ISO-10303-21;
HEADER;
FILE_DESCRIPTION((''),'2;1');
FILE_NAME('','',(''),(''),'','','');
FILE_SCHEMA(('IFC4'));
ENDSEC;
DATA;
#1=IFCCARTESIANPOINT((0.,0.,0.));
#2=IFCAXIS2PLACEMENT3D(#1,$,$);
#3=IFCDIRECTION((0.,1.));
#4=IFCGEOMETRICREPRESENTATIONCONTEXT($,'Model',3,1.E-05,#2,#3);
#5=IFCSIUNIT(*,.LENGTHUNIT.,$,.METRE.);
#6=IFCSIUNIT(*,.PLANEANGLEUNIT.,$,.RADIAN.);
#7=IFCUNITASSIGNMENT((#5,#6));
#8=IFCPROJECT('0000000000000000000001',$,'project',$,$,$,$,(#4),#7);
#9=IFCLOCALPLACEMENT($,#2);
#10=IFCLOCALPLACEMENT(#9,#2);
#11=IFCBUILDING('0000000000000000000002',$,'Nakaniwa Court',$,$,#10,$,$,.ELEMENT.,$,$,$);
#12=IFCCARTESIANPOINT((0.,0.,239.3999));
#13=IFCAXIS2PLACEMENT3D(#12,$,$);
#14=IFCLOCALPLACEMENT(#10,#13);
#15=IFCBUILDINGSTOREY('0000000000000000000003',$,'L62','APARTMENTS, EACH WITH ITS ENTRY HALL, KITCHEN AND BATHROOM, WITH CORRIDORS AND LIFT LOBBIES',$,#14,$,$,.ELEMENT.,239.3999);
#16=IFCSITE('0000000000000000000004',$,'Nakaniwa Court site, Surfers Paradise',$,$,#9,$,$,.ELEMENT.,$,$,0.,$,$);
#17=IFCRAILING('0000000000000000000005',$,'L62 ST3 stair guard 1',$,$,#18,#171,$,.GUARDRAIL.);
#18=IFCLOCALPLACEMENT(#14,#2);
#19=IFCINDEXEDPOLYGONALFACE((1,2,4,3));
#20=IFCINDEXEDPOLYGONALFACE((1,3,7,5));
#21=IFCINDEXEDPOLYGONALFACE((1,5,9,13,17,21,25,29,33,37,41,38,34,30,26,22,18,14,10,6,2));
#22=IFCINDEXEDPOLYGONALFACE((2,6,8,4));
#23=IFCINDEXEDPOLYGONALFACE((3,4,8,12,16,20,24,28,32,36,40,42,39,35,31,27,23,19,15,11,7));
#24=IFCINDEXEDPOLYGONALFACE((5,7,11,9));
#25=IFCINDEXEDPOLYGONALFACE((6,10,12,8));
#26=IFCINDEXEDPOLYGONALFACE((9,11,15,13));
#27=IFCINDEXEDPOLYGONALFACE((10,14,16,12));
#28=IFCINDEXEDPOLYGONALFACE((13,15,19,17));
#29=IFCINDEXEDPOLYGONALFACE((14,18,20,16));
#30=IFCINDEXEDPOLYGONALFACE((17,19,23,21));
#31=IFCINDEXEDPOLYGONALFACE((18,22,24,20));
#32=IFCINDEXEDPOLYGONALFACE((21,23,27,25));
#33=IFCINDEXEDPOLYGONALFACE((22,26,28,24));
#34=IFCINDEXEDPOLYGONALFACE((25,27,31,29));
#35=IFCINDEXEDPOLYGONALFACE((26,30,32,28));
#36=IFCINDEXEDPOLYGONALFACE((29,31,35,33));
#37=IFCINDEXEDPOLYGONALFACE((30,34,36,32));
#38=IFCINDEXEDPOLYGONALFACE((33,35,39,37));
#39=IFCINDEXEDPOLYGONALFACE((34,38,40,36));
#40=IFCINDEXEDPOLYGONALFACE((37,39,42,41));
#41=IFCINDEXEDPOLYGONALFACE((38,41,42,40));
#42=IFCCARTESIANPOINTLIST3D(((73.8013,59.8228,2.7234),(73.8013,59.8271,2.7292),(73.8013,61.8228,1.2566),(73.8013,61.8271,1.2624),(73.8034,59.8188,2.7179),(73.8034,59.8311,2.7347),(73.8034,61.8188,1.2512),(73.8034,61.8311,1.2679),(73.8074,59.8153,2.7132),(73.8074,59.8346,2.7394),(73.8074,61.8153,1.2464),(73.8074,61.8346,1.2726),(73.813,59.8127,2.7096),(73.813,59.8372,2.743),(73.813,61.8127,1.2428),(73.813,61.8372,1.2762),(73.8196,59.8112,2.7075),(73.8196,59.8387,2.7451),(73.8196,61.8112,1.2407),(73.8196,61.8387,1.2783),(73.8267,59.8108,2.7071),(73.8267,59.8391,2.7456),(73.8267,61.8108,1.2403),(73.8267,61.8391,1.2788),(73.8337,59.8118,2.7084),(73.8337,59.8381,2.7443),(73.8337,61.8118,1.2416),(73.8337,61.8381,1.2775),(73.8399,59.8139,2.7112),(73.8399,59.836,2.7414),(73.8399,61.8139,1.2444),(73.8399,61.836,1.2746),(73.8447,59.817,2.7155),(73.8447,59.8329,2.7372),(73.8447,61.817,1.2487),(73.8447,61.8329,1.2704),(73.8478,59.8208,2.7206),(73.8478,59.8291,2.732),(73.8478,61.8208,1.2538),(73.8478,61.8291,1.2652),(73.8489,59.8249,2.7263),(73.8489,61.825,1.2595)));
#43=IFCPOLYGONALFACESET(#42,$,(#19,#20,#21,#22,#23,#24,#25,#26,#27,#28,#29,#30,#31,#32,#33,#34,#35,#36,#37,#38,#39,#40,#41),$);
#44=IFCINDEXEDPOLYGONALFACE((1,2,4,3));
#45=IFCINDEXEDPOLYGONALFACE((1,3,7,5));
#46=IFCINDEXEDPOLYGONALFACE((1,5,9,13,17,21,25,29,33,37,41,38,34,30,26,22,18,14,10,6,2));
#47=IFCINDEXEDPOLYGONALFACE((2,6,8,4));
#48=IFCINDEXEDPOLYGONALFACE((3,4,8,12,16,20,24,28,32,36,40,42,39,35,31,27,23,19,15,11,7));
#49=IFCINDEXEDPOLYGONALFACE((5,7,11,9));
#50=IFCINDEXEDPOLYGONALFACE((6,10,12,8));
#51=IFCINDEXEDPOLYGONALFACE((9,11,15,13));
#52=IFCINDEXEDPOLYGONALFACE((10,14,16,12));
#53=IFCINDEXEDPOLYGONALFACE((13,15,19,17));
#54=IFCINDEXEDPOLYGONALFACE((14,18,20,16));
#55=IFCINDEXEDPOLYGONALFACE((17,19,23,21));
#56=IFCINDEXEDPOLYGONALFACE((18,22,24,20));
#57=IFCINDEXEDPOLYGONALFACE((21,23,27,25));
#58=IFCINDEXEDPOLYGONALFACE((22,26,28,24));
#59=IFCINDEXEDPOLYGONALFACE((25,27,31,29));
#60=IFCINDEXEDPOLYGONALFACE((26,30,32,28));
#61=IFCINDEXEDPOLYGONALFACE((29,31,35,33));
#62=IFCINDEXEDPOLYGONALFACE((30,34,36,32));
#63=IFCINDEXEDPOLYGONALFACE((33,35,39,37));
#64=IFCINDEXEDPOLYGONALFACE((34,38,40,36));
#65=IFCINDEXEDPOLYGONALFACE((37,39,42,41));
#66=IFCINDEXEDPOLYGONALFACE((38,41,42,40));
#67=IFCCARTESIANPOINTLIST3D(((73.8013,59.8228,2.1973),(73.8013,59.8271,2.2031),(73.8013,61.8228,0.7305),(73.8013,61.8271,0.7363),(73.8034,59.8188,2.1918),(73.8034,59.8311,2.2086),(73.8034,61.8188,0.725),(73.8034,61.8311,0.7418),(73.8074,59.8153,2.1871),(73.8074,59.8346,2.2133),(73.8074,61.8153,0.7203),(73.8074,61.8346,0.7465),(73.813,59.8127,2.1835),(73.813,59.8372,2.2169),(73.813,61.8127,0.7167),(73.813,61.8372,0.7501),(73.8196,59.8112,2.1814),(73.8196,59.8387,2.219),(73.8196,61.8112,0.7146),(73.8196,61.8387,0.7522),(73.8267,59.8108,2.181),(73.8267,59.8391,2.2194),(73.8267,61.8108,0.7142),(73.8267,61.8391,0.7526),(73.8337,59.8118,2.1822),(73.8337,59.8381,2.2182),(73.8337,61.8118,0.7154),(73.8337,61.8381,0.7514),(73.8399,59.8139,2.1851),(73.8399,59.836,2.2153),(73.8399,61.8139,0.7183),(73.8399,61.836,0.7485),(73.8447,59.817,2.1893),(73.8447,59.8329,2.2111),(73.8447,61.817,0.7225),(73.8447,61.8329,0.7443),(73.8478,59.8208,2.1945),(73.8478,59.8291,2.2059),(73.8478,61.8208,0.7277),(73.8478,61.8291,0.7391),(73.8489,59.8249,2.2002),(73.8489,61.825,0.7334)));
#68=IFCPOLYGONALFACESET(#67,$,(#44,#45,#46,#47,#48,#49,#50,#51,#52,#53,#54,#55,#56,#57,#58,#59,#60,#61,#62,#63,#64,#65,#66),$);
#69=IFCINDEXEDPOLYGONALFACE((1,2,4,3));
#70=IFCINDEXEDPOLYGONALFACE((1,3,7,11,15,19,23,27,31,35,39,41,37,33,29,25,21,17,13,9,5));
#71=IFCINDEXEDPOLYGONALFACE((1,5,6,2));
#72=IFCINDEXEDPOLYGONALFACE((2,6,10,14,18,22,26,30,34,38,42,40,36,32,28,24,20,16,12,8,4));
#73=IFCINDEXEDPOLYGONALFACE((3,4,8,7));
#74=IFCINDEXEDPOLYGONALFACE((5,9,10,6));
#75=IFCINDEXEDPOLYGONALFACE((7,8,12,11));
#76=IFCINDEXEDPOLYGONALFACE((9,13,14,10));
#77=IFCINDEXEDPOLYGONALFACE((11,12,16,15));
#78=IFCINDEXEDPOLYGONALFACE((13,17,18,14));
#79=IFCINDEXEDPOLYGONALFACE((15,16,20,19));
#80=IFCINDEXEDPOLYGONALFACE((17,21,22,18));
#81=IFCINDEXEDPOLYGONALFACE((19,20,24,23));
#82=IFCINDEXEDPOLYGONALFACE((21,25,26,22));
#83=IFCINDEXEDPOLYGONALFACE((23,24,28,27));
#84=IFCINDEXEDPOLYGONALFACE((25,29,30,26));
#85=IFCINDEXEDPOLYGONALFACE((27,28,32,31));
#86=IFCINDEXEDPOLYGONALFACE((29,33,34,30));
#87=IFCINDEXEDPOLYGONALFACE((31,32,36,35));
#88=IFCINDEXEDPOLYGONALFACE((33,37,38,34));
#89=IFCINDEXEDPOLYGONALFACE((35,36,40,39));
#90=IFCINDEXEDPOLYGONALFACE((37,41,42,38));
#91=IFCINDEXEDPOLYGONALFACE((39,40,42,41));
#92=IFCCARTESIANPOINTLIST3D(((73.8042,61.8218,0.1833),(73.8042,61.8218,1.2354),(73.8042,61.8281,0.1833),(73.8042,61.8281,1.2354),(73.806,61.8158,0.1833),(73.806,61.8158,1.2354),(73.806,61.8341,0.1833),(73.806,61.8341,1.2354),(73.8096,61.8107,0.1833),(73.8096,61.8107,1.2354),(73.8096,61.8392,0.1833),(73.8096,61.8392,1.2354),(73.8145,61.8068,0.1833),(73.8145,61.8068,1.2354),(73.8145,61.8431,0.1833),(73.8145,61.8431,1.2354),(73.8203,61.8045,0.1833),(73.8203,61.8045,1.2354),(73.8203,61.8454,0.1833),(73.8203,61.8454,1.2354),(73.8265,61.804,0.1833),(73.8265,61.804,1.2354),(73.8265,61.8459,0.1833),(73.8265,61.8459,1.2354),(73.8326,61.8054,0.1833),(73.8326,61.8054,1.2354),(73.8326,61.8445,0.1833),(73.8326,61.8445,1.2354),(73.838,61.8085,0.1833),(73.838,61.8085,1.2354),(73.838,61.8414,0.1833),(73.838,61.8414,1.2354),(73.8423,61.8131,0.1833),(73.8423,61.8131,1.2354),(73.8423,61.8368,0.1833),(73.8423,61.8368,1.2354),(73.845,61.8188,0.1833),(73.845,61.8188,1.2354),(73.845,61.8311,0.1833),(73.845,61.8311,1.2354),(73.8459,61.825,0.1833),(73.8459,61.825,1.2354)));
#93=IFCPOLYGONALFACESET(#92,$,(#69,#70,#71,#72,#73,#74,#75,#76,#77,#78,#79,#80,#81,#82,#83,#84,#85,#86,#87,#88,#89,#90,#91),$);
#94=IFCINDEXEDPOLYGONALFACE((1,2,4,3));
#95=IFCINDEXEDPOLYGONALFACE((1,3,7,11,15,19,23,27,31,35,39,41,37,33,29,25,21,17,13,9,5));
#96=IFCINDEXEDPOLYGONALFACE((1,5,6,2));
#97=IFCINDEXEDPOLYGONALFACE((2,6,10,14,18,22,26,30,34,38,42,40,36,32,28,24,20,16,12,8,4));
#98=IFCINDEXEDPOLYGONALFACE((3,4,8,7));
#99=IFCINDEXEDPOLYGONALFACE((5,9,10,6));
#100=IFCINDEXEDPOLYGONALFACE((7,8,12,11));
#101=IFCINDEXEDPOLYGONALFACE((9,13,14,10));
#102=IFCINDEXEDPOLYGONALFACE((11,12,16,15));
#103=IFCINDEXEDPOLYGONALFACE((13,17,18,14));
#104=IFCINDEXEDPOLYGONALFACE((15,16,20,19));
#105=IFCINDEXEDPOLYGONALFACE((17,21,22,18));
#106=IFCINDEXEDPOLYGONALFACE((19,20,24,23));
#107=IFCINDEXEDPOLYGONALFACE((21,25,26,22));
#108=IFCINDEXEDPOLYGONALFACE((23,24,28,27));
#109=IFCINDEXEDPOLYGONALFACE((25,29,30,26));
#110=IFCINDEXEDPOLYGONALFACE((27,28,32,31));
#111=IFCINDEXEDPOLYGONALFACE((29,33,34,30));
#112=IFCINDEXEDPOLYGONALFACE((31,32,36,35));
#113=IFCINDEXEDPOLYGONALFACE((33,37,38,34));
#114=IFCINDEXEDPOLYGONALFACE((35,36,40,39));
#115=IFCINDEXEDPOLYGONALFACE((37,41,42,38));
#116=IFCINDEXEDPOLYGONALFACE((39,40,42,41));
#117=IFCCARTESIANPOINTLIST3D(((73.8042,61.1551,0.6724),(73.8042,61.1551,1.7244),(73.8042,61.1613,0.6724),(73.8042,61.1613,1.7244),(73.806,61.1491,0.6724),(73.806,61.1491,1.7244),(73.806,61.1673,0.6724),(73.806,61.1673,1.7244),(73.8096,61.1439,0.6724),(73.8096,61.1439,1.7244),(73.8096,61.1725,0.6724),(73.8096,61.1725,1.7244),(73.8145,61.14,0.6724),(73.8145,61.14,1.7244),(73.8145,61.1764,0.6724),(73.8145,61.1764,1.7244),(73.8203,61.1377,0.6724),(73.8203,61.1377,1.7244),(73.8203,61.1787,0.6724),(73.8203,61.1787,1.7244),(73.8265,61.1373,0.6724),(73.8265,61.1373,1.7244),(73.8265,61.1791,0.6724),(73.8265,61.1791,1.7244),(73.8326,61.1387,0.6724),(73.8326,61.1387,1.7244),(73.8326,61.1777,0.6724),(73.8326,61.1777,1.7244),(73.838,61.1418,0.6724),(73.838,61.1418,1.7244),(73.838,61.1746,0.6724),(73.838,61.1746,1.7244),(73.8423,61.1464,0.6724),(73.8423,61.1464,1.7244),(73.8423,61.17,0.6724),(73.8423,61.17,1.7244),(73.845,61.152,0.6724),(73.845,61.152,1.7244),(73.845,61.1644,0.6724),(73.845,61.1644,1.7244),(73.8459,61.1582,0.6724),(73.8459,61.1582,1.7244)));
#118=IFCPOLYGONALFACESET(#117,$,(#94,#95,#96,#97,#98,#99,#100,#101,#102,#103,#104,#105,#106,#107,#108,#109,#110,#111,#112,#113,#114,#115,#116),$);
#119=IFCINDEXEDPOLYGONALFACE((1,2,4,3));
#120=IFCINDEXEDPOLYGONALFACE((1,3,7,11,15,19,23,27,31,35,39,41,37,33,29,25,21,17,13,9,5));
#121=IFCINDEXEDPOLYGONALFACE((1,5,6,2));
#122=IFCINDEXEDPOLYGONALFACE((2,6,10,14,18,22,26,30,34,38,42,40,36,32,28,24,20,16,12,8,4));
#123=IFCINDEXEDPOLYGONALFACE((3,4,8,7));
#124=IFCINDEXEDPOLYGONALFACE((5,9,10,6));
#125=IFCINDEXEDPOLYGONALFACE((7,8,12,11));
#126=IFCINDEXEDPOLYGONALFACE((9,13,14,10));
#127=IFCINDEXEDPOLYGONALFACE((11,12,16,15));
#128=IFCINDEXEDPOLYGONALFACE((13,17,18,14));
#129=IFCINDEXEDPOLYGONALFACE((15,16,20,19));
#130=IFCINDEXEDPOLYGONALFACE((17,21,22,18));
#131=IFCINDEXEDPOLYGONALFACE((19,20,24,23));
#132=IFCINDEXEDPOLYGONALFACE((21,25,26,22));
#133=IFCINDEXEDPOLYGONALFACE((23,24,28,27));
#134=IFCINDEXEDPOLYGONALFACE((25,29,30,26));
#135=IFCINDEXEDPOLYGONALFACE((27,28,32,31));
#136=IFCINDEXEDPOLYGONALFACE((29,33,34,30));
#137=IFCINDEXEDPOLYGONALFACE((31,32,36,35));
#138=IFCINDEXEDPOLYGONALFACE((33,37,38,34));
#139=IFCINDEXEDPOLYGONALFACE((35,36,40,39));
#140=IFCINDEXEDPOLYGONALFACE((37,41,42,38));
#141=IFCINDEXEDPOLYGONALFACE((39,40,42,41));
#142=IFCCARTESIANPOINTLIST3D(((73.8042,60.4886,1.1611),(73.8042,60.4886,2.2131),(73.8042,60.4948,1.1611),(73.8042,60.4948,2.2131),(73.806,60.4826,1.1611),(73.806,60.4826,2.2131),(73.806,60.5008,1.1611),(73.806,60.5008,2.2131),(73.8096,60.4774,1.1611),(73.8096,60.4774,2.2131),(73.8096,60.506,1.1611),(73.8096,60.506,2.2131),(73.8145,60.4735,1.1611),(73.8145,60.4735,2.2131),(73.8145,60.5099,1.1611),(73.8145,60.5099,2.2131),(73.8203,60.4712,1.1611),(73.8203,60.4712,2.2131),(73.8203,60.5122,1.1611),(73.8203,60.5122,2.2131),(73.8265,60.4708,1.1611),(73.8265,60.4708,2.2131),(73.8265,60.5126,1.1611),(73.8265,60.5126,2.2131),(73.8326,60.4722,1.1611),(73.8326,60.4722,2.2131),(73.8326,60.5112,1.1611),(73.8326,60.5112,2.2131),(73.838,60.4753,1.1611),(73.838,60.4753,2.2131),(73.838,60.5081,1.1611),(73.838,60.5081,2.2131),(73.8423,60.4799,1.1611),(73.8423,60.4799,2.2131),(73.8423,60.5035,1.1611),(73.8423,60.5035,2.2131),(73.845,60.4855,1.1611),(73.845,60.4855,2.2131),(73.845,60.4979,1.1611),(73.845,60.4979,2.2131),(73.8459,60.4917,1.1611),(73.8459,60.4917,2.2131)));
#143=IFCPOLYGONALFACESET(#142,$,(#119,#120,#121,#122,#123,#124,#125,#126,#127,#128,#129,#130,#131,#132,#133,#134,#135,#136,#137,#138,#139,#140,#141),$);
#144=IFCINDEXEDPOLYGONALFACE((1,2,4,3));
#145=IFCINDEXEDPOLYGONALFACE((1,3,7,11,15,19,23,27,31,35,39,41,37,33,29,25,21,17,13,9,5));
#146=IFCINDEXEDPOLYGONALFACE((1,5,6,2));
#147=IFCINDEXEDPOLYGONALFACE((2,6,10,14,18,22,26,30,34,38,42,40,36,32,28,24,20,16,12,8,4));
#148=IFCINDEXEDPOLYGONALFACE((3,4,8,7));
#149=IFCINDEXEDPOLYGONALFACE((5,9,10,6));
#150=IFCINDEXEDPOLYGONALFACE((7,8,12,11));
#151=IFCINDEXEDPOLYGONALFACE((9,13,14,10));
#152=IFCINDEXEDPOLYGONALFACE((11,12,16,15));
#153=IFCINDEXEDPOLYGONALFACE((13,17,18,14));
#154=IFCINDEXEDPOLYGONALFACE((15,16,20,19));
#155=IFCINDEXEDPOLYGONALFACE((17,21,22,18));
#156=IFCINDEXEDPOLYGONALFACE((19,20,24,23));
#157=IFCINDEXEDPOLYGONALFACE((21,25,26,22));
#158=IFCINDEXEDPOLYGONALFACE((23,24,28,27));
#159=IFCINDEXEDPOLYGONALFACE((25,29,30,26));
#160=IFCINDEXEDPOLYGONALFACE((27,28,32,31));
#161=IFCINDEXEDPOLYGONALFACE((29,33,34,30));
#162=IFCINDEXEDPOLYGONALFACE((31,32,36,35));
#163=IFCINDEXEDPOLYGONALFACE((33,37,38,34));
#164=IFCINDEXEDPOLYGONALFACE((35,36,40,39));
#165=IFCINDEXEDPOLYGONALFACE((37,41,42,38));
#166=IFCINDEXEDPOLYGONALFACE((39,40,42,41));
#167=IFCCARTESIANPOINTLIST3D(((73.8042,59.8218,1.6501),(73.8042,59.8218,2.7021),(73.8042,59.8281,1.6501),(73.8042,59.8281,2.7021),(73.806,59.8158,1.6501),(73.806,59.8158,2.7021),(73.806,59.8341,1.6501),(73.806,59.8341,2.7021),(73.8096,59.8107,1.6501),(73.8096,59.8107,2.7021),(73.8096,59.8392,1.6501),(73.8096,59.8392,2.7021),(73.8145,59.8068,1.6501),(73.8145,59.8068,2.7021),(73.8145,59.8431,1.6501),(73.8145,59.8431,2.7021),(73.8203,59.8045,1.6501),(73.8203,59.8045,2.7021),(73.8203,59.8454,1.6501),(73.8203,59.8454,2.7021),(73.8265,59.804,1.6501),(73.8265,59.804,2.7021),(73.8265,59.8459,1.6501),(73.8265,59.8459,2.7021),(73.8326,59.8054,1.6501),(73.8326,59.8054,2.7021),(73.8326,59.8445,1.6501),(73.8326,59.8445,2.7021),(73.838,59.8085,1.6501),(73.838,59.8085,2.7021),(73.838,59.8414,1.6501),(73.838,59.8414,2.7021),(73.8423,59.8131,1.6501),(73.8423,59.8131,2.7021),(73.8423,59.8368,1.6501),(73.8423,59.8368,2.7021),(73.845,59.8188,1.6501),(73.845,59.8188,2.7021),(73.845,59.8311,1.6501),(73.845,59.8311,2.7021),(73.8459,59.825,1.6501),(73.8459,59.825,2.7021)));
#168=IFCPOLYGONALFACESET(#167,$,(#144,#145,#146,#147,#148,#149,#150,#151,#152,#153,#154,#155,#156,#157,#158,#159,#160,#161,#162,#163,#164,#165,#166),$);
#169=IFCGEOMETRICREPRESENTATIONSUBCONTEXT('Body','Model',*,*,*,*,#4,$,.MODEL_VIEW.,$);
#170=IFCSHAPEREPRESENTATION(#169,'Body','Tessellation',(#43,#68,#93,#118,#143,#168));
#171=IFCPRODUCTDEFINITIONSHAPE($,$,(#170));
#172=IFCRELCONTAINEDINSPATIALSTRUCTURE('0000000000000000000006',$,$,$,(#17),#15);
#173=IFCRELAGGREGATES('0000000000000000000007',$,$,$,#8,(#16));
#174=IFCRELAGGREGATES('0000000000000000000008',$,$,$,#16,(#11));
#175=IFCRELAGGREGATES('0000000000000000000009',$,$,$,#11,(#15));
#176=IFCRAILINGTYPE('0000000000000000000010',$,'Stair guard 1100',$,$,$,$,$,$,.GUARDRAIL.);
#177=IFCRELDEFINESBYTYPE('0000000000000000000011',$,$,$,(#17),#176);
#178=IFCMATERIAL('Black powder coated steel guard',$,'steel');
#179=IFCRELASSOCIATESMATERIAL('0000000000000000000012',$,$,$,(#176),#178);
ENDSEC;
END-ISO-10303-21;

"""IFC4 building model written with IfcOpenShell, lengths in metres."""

from ifc_helpers import new_model, si_unit, direction, frame, origin, origin_2d, place, context, subcontext, project, spatial, circle, extrude, material, type_object, element, save


model = new_model("IFC4")

# Units and contexts
model_context = context("Model", 3, precision=1e-05, world=origin(), true_north=direction((0.0, 1.0)))
body_context = subcontext(model_context, "Body", "Model", "MODEL_VIEW")
ifc_project = project(units=[si_unit("LENGTHUNIT", "METRE"), si_unit("PLANEANGLEUNIT", "RADIAN")], contexts=[model_context])

# Site, building, storey
site_placement = place(None, origin())
site = spatial("IfcSite", under=ifc_project, at=site_placement, Name="Nakaniwa Court site, Surfers Paradise", CompositionType="ELEMENT", RefElevation=0.0)
building_placement = place(site_placement, origin())
building = spatial("IfcBuilding", under=site, at=building_placement, Name="Nakaniwa Court", CompositionType="ELEMENT")
storey_placement = place(building_placement, frame((0.0, 0.0, 239.3999)))
storey = spatial("IfcBuildingStorey", under=building, at=storey_placement, Name="L62", Description="APARTMENTS, EACH WITH ITS ENTRY HALL, KITCHEN AND BATHROOM, WITH CORRIDORS AND LIFT LOBBIES", CompositionType="ELEMENT", Elevation=239.3999)

# Railing
ifc_material_1 = material(Name="Black powder coated steel guard", Category="steel")
railing_type_1 = type_object("IfcRailingType", Name="Stair guard 1100", PredefinedType="GUARDRAIL", material=ifc_material_1)
railing_1_placement = place(storey_placement, frame((73.825, 61.825, 0.1833)))
element("IfcRailing", 1, at=railing_1_placement, inside=storey, type_object=railing_type_1, Name="L62 ST3 stair guard 1", PredefinedType="GUARDRAIL", context=body_context, shape_type="SweptSolid", body=[
    extrude(circle(Radius=0.0239, at=origin_2d()), frame((0.0, 0.0, 1.0762), z_axis=(0.0, -0.80638, 0.591398), x_axis=(1.0, 0.0, 0.0)), (0.0, 0.0, 1.0), 2.4802),
    extrude(circle(Radius=0.0239, at=origin_2d()), frame((0.0, 0.0, 0.55), z_axis=(0.0, -0.80638, 0.591398), x_axis=(1.0, 0.0, 0.0)), (0.0, 0.0, 1.0), 2.4802),
    extrude(circle(Radius=0.021, at=origin_2d()), origin(), (0.0, 0.0, 1.0), 1.052),
    extrude(circle(Radius=0.021, at=origin_2d()), frame((0.0, -0.6667, 0.489)), (0.0, 0.0, 1.0), 1.052),
    extrude(circle(Radius=0.021, at=origin_2d()), frame((0.0, -1.3333, 0.9778)), (0.0, 0.0, 1.0), 1.052),
    extrude(circle(Radius=0.021, at=origin_2d()), frame((0.0, -2.0, 1.4668)), (0.0, 0.0, 1.0), 1.052),
])

save(model, "model.ifc")
